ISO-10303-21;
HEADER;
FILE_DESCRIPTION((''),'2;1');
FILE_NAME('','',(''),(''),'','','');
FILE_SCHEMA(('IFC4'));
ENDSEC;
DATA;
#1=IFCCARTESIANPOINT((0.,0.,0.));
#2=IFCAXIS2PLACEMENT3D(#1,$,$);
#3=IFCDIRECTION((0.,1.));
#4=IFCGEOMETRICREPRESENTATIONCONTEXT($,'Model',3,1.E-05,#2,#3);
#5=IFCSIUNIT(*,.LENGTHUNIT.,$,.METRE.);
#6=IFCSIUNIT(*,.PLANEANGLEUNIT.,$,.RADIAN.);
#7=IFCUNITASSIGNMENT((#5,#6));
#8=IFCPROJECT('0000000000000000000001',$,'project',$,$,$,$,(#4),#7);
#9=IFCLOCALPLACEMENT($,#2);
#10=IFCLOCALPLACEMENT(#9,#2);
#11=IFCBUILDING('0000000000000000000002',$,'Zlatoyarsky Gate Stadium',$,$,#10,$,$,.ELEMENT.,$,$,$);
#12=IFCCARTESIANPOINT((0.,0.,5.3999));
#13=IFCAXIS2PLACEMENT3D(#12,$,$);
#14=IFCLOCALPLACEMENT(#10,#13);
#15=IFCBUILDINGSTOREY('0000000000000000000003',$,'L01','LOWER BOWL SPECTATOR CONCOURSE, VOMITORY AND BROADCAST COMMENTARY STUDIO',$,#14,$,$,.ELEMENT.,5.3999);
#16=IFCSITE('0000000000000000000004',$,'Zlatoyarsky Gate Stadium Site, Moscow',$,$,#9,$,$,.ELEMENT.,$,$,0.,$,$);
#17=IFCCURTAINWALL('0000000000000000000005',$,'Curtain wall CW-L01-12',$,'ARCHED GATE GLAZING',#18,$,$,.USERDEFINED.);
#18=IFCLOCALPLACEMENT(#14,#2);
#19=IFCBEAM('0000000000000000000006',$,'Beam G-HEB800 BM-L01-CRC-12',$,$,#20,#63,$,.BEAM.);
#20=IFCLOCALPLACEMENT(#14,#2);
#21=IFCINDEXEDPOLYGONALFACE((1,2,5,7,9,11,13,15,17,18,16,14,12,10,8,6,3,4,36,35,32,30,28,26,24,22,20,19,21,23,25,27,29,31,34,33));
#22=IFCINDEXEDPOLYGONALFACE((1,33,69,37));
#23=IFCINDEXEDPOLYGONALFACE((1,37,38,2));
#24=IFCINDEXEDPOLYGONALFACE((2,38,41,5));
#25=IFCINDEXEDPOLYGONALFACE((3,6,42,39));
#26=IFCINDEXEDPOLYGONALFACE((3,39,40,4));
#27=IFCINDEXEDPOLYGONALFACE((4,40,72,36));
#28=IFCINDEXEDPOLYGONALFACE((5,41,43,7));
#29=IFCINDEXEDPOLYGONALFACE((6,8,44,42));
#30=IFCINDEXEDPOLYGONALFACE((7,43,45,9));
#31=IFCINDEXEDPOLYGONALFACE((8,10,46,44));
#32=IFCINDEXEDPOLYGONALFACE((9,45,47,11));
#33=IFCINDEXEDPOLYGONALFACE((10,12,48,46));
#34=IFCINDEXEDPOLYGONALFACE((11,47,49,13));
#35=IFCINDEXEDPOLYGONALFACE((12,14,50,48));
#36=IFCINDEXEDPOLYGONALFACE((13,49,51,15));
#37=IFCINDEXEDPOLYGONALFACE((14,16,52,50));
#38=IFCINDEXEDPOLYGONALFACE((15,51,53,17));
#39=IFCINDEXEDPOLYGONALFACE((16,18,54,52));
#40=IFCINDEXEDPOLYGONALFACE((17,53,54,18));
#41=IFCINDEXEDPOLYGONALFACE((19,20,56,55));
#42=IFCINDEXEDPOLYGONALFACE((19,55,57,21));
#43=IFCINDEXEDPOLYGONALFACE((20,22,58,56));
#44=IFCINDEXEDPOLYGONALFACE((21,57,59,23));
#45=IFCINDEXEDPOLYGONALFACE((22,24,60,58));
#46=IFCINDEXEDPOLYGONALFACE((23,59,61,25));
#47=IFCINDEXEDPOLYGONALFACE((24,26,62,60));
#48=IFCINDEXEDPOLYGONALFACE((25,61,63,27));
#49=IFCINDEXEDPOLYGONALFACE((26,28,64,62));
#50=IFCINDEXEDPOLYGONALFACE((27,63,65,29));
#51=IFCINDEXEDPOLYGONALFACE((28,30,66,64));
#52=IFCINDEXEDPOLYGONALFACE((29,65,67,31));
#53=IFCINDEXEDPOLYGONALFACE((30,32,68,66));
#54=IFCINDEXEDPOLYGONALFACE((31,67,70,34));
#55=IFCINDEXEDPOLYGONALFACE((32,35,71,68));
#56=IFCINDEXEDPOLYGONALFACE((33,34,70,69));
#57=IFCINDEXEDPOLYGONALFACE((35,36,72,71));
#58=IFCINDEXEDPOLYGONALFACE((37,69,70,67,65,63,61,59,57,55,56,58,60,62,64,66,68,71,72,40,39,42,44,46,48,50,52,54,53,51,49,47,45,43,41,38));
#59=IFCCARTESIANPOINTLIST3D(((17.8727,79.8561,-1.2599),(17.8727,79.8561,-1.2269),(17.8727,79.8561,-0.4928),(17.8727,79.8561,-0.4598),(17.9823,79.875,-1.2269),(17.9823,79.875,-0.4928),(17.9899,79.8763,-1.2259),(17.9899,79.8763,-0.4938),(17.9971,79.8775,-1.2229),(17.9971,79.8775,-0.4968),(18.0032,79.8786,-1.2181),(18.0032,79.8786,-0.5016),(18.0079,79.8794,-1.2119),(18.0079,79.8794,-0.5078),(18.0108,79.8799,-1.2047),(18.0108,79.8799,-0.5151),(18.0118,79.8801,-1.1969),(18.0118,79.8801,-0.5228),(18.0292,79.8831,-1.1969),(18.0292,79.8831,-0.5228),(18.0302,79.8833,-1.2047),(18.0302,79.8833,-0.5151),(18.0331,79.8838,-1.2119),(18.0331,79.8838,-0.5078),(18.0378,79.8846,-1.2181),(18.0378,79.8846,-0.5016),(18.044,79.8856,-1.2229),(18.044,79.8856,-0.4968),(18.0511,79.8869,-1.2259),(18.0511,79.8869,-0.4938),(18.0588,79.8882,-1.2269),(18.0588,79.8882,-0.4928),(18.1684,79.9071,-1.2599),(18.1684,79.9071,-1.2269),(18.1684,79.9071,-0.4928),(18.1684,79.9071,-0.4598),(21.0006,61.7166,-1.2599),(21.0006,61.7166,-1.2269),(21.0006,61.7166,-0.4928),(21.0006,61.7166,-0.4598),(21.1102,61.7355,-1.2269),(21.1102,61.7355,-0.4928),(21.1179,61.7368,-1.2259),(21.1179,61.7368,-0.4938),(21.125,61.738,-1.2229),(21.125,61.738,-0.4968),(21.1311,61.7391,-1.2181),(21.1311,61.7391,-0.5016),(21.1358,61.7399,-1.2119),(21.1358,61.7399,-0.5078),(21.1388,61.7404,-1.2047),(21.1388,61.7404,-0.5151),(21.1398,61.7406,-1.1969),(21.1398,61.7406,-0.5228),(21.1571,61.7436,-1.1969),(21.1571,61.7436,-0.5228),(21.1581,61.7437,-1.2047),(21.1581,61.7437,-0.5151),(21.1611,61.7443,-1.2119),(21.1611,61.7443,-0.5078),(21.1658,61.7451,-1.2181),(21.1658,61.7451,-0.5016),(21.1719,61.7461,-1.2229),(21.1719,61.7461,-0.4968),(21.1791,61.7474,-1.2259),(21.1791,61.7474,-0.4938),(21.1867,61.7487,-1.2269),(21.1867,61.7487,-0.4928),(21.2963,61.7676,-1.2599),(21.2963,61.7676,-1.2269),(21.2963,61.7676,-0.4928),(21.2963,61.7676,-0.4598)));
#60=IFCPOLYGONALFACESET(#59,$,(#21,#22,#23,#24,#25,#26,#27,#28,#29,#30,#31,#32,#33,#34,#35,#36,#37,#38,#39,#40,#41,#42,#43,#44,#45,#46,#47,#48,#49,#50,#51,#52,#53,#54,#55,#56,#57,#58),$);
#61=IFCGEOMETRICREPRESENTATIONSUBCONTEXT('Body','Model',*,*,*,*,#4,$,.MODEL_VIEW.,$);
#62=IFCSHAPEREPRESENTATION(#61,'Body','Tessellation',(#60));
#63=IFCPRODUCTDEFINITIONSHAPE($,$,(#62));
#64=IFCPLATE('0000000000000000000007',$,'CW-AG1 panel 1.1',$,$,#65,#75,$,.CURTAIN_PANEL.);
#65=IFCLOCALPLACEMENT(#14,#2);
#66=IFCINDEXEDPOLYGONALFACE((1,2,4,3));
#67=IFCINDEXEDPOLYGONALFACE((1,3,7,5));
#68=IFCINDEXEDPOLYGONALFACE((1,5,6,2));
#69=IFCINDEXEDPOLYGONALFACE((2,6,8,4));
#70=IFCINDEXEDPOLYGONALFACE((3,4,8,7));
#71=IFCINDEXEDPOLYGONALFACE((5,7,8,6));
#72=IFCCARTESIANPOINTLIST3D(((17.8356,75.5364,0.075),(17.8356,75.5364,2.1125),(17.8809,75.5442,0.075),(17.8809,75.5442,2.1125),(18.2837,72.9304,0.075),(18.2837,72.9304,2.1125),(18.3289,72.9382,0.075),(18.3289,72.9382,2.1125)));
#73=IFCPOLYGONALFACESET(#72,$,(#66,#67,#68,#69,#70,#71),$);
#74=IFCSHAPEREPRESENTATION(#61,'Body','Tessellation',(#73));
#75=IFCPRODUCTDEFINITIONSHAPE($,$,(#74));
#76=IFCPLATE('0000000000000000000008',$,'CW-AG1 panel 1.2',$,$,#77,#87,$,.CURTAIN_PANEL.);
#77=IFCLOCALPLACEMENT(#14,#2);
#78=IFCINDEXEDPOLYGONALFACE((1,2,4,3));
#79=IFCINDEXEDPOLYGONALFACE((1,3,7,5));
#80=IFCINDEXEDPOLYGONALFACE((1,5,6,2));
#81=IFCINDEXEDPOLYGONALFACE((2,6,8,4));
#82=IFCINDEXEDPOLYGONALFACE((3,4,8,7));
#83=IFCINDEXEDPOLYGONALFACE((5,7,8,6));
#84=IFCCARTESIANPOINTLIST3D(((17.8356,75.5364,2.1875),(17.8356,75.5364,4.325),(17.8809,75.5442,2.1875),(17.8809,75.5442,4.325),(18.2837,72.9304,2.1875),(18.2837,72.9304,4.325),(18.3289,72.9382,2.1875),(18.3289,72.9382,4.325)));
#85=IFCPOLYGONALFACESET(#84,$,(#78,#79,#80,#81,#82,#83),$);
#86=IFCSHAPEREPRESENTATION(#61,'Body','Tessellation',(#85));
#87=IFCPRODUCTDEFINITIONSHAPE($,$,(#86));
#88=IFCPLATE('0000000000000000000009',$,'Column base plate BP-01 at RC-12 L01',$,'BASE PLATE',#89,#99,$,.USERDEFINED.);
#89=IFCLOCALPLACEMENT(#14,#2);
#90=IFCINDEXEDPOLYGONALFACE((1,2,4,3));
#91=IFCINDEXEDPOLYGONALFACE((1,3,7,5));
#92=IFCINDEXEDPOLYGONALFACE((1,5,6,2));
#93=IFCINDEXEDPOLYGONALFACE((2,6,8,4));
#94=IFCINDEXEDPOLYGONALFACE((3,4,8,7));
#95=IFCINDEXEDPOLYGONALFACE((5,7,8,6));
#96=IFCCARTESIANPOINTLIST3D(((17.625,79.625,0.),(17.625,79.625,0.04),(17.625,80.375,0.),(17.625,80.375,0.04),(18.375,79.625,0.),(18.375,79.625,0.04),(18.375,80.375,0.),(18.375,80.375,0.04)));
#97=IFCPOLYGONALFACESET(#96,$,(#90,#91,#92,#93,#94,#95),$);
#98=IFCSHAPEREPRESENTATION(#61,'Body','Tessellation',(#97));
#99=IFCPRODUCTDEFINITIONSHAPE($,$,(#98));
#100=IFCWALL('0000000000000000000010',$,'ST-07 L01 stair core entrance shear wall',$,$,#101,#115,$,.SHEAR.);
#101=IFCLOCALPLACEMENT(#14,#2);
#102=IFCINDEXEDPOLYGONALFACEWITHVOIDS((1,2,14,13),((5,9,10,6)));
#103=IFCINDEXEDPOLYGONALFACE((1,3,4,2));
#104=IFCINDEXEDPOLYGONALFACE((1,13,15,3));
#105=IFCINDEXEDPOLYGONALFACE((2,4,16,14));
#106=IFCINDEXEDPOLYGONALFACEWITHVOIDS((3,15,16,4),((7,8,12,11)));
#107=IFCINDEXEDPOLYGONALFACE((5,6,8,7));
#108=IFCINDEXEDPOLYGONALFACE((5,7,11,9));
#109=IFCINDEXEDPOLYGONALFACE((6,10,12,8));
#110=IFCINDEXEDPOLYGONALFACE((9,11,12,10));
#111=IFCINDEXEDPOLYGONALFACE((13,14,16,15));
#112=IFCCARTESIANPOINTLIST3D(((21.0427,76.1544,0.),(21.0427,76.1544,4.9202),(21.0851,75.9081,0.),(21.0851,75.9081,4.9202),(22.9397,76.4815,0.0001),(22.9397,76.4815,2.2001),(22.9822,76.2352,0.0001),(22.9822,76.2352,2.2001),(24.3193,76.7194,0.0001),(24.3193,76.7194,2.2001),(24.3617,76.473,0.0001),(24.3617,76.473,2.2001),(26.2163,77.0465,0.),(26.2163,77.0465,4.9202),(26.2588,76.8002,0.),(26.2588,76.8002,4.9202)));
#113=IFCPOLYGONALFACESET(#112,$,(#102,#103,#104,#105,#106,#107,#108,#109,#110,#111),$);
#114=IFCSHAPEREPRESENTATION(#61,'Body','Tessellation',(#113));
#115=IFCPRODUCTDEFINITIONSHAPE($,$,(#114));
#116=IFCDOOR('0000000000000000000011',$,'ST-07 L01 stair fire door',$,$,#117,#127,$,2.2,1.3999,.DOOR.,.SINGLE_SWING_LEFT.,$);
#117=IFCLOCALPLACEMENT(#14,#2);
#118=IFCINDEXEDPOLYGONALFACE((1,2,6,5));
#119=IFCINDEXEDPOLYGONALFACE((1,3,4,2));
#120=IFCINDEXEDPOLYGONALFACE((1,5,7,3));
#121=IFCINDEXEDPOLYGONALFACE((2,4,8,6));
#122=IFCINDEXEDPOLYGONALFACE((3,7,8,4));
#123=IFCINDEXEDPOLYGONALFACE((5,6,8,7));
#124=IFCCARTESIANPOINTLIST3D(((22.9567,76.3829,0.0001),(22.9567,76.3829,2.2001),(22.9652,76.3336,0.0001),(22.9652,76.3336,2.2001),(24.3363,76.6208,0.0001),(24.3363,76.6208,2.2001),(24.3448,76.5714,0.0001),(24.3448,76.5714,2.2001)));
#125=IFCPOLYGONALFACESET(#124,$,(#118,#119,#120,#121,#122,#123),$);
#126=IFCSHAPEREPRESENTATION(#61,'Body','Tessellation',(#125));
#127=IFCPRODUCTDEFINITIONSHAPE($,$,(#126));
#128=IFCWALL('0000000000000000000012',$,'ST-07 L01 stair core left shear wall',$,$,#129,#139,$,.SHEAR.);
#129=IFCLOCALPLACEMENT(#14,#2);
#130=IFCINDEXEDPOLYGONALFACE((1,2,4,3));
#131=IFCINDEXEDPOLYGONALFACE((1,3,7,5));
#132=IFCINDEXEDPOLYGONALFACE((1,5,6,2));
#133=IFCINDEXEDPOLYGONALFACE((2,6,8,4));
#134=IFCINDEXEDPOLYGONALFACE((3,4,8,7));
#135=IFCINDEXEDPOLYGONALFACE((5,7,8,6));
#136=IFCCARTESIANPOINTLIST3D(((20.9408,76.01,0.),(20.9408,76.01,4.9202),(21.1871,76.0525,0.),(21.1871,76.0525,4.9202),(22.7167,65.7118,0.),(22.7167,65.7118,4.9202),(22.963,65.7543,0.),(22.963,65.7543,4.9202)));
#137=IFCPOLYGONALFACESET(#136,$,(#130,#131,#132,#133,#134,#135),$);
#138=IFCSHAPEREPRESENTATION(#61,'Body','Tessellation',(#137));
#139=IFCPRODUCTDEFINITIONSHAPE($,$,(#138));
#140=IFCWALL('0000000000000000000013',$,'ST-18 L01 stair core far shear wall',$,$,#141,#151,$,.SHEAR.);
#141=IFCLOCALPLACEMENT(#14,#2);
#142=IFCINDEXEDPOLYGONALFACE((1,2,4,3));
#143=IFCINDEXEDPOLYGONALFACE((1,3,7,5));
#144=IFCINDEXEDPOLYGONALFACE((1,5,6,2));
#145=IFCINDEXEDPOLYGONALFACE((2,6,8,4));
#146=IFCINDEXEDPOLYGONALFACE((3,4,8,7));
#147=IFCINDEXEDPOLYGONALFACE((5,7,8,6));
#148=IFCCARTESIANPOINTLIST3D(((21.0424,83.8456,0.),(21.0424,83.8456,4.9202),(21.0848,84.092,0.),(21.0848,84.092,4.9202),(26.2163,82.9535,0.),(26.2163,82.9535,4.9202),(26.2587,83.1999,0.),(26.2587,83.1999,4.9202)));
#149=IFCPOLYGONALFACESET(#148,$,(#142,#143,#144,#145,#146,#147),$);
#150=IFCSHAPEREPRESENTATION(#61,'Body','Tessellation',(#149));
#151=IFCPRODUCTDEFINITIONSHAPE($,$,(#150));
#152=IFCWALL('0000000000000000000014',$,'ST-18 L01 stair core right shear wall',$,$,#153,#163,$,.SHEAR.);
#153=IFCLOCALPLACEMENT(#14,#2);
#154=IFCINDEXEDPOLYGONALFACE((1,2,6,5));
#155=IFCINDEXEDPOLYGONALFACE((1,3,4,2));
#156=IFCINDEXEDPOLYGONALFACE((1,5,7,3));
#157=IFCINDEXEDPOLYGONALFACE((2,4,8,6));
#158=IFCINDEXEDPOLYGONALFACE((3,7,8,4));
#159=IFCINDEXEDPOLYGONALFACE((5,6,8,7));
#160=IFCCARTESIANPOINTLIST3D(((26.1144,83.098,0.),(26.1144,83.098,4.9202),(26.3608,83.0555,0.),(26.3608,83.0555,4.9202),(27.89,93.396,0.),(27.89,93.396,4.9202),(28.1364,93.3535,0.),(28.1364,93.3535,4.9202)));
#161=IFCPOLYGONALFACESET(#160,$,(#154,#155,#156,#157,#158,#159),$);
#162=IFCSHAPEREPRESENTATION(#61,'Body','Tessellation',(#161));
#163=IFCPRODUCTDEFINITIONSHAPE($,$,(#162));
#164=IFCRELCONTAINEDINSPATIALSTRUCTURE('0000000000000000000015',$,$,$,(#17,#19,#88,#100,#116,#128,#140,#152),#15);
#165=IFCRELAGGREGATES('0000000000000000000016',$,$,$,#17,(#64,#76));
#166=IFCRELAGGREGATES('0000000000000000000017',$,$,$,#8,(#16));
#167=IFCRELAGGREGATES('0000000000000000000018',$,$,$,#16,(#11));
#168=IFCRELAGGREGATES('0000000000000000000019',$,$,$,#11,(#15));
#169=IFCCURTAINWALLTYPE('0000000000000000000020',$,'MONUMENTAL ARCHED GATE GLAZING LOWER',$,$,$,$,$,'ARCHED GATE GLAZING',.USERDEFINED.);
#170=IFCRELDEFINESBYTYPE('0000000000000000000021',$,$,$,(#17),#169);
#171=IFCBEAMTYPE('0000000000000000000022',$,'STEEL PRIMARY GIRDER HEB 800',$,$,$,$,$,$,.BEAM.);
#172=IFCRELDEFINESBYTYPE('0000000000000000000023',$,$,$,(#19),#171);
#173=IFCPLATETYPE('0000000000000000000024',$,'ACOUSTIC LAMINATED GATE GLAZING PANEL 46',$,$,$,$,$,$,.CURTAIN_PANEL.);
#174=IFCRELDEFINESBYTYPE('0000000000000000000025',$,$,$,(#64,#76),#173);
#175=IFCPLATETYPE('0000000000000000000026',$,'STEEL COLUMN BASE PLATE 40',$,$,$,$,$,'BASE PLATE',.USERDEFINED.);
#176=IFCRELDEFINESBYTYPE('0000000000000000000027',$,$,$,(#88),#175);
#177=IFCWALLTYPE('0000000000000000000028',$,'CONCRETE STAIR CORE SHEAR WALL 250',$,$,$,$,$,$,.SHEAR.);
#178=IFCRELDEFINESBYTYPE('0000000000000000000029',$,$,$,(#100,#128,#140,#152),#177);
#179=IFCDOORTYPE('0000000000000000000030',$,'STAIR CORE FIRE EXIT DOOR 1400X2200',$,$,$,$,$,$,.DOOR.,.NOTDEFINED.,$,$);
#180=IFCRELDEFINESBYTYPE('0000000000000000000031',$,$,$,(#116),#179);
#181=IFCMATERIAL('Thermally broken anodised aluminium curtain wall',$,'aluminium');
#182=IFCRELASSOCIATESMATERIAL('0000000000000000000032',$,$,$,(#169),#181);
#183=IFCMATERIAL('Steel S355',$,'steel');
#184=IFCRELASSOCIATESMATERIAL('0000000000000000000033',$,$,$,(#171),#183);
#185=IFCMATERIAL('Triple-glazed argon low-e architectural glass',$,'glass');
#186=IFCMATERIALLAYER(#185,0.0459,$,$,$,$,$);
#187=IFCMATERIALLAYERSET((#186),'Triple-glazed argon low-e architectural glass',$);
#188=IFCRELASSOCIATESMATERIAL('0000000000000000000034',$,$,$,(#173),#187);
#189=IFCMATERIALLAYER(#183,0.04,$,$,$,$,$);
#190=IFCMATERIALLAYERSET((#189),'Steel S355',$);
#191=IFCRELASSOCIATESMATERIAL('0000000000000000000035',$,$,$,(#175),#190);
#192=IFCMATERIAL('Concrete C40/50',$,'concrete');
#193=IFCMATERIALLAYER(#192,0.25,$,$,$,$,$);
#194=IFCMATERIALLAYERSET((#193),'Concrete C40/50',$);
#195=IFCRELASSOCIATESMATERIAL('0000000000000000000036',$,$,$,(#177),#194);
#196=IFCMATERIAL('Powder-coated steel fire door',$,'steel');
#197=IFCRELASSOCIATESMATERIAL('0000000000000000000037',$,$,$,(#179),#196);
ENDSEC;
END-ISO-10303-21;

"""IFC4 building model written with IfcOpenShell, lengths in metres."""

from ifc_helpers import new_model, si_unit, direction, frame, frame_2d, origin, origin_2d, place, context, subcontext, project, spatial, rectangle, i_section, extrude, material, layer, layer_set, material_profile, profile_set, type_object, element, fill, aggregate, save


model = new_model("IFC4")

# Units and contexts
model_context = context("Model", 3, precision=1e-05, world=origin(), true_north=direction((0.0, 1.0)))
body_context = subcontext(model_context, "Body", "Model", "MODEL_VIEW")
ifc_project = project(units=[si_unit("LENGTHUNIT", "METRE"), si_unit("PLANEANGLEUNIT", "RADIAN")], contexts=[model_context])

# Site, building, storey
site_placement = place(None, origin())
site = spatial("IfcSite", under=ifc_project, at=site_placement, Name="Zlatoyarsky Gate Stadium Site, Moscow", CompositionType="ELEMENT", RefElevation=0.0)
building_placement = place(site_placement, origin())
building = spatial("IfcBuilding", under=site, at=building_placement, Name="Zlatoyarsky Gate Stadium", CompositionType="ELEMENT")
storey_placement = place(building_placement, frame((0.0, 0.0, 5.3999)))
storey = spatial("IfcBuildingStorey", under=building, at=storey_placement, Name="L01", Description="LOWER BOWL SPECTATOR CONCOURSE, VOMITORY AND BROADCAST COMMENTARY STUDIO", CompositionType="ELEMENT", Elevation=5.3999)

# Shared definitions
ifc_material_1 = material(Name="Concrete C40/50", Category="concrete")
ifc_material_2 = material(Name="Steel S355", Category="steel")

# Curtain wall
ifc_material_3 = material(Name="Thermally broken anodised aluminium curtain wall", Category="aluminium")
curtain_wall_type_1 = type_object("IfcCurtainWallType", Name="MONUMENTAL ARCHED GATE GLAZING LOWER", ElementType="ARCHED GATE GLAZING", PredefinedType="USERDEFINED", material=ifc_material_3)
curtain_wall_1_placement = place(storey_placement, origin())
curtain_wall_1 = element("IfcCurtainWall", 1, at=curtain_wall_1_placement, inside=storey, type_object=curtain_wall_type_1, Name="Curtain wall CW-L01-12", ObjectType="ARCHED GATE GLAZING", PredefinedType="USERDEFINED")

# Beam
ifc_material_profile_1 = material_profile(ifc_material_2, i_section(OverallWidth=0.3, OverallDepth=0.8, WebThickness=0.0176, FlangeThickness=0.033, FilletRadius=0.03, at=origin_2d()), Name="HEB 800")
ifc_profile_set_1 = profile_set([ifc_material_profile_1], Name="Steel S355")
beam_type_1 = type_object("IfcBeamType", Name="STEEL PRIMARY GIRDER HEB 800", PredefinedType="BEAM", material=ifc_profile_set_1)
beam_1_placement = place(storey_placement, frame((18.0205, 79.8816, -0.8599), z_axis=(0.16993, -0.985456, 0.0), x_axis=(0.985456, 0.16993, 0.0)))
element("IfcBeam", 2, at=beam_1_placement, inside=storey, type_object=beam_type_1, Name="Beam G-HEB800 BM-L01-CRC-12", PredefinedType="BEAM", context=body_context, shape_type="SweptSolid", body=[
    extrude(i_section(OverallWidth=0.3, OverallDepth=0.8, WebThickness=0.0176, FlangeThickness=0.033, FilletRadius=0.03, at=origin_2d()), origin(), (0.0, 0.0, 1.0), 18.4072),
])

# Plates
ifc_material_4 = material(Name="Triple-glazed argon low-e architectural glass", Category="glass")
ifc_layer_1 = layer(ifc_material_4, 0.0459)
ifc_layer_set_1 = layer_set([ifc_layer_1], Name="Triple-glazed argon low-e architectural glass")
plate_type_1 = type_object("IfcPlateType", Name="ACOUSTIC LAMINATED GATE GLAZING PANEL 46", PredefinedType="CURTAIN_PANEL", material=ifc_layer_set_1)
plate_1_placement = place(storey_placement, frame((18.0823, 74.2373, 0.075), z_axis=(0.0, 0.0, 1.0), x_axis=(0.169452, -0.985538, 0.0)))
plate_1 = element("IfcPlate", 3, at=plate_1_placement, type_object=plate_type_1, Name="CW-AG1 panel 1.1", PredefinedType="CURTAIN_PANEL", context=body_context, shape_type="SweptSolid", body=[
    extrude(rectangle(XDim=2.6443, YDim=0.0459, at=origin_2d()), origin(), (0.0, 0.0, 1.0), 2.0376),
])
plate_2_placement = place(storey_placement, frame((18.0823, 74.2373, 2.1875), z_axis=(0.0, 0.0, 1.0), x_axis=(0.169452, -0.985538, 0.0)))
plate_2 = element("IfcPlate", 4, at=plate_2_placement, type_object=plate_type_1, Name="CW-AG1 panel 1.2", PredefinedType="CURTAIN_PANEL", context=body_context, shape_type="SweptSolid", body=[
    extrude(rectangle(XDim=2.6443, YDim=0.0459, at=origin_2d()), origin(), (0.0, 0.0, 1.0), 2.1375),
])
aggregate(curtain_wall_1, [plate_1, plate_2])
ifc_layer_2 = layer(ifc_material_2, 0.04)
ifc_layer_set_2 = layer_set([ifc_layer_2], Name="Steel S355")
plate_type_2 = type_object("IfcPlateType", Name="STEEL COLUMN BASE PLATE 40", ElementType="BASE PLATE", PredefinedType="USERDEFINED", material=ifc_layer_set_2)
plate_3_placement = place(storey_placement, frame((18.0, 80.0, 0.0), z_axis=(0.0, 0.0, 1.0), x_axis=(1.0, 0.0, 0.0)))
element("IfcPlate", 5, at=plate_3_placement, inside=storey, type_object=plate_type_2, Name="Column base plate BP-01 at RC-12 L01", ObjectType="BASE PLATE", PredefinedType="USERDEFINED", context=body_context, shape_type="SweptSolid", body=[
    extrude(rectangle(XDim=0.75, YDim=0.75, at=origin_2d()), origin(), (0.0, 0.0, 1.0), 0.04),
])

# Wall, opening, door
ifc_layer_3 = layer(ifc_material_1, 0.25)
ifc_layer_set_3 = layer_set([ifc_layer_3], Name="Concrete C40/50")
wall_type_1 = type_object("IfcWallType", Name="CONCRETE STAIR CORE SHEAR WALL 250", PredefinedType="SHEAR", material=ifc_layer_set_3)
wall_1_placement = place(storey_placement, frame((26.2375, 76.9233, 0.0), z_axis=(0.0, 0.0, 1.0), x_axis=(-0.985457, -0.169924, 0.0)))
wall_1 = element("IfcWall", 6, at=wall_1_placement, inside=storey, type_object=wall_type_1, Name="ST-07 L01 stair core entrance shear wall", PredefinedType="SHEAR", context=body_context, shape_type="SweptSolid", body=[
    extrude(rectangle(XDim=5.25, YDim=0.25, at=frame_2d((2.625, 0.0))), origin(), (0.0, 0.0, 1.0), 4.9202),
])
opening_1_placement = place(wall_1_placement, frame((1.925, 0.0, 0.0)))
opening_1 = element("IfcOpeningElement", 7, at=opening_1_placement, cuts=wall_1, PredefinedType="OPENING", context=body_context, shape_type="SweptSolid", body=[
    extrude(rectangle(XDim=1.3999, YDim=2.2, at=frame_2d((0.7, 1.1001))), frame((0.0, 0.135, 0.0), z_axis=(0.0, -1.0, 0.0), x_axis=(1.0, 0.0, 0.0)), (0.0, 0.0, 1.0), 0.27),
])
ifc_material_5 = material(Name="Powder-coated steel fire door", Category="steel")
door_type_1 = type_object("IfcDoorType", Name="STAIR CORE FIRE EXIT DOOR 1400X2200", OperationType="NOTDEFINED", PredefinedType="DOOR", material=ifc_material_5)
door_1_placement = place(opening_1_placement, frame((1.3999, 0.0, 0.0), z_axis=(0.0, 0.0, 1.0), x_axis=(-1.0, 0.0, 0.0)))
door_1 = element("IfcDoor", 8, at=door_1_placement, inside=storey, type_object=door_type_1, Name="ST-07 L01 stair fire door", OperationType="SINGLE_SWING_LEFT", OverallHeight=2.2, OverallWidth=1.3999, PredefinedType="DOOR", context=body_context, shape_type="SweptSolid", body=[
    extrude(rectangle(XDim=1.3999, YDim=2.2, at=frame_2d((0.7, 1.1001))), frame((0.0, 0.0249, 0.0), z_axis=(0.0, -1.0, 0.0), x_axis=(1.0, 0.0, 0.0)), (0.0, 0.0, 1.0), 0.05),
])
fill(opening_1, door_1)

# Walls
wall_2_placement = place(storey_placement, frame((21.064, 76.0312, 0.0), z_axis=(0.0, 0.0, 1.0), x_axis=(0.169939, -0.985455, 0.0)))
element("IfcWall", 9, at=wall_2_placement, inside=storey, type_object=wall_type_1, Name="ST-07 L01 stair core left shear wall", PredefinedType="SHEAR", context=body_context, shape_type="SweptSolid", body=[
    extrude(rectangle(XDim=10.4502, YDim=0.25, at=frame_2d((5.2251, 0.0))), origin(), (0.0, 0.0, 1.0), 4.9202),
])
wall_3_placement = place(storey_placement, frame((21.0637, 83.9688, 0.0), z_axis=(0.0, 0.0, 1.0), x_axis=(0.985459, -0.169916, 0.0)))
element("IfcWall", 10, at=wall_3_placement, inside=storey, type_object=wall_type_1, Name="ST-18 L01 stair core far shear wall", PredefinedType="SHEAR", context=body_context, shape_type="SweptSolid", body=[
    extrude(rectangle(XDim=5.2502, YDim=0.25, at=frame_2d((2.625, 0.0))), origin(), (0.0, 0.0, 1.0), 4.9202),
])
wall_4_placement = place(storey_placement, frame((26.2375, 83.0767, 0.0), z_axis=(0.0, 0.0, 1.0), x_axis=(0.169916, 0.985458, 0.0)))
element("IfcWall", 11, at=wall_4_placement, inside=storey, type_object=wall_type_1, Name="ST-18 L01 stair core right shear wall", PredefinedType="SHEAR", context=body_context, shape_type="SweptSolid", body=[
    extrude(rectangle(XDim=10.45, YDim=0.25, at=frame_2d((5.2251, 0.0))), origin(), (0.0, 0.0, 1.0), 4.9202),
])

save(model, "model.ifc")
